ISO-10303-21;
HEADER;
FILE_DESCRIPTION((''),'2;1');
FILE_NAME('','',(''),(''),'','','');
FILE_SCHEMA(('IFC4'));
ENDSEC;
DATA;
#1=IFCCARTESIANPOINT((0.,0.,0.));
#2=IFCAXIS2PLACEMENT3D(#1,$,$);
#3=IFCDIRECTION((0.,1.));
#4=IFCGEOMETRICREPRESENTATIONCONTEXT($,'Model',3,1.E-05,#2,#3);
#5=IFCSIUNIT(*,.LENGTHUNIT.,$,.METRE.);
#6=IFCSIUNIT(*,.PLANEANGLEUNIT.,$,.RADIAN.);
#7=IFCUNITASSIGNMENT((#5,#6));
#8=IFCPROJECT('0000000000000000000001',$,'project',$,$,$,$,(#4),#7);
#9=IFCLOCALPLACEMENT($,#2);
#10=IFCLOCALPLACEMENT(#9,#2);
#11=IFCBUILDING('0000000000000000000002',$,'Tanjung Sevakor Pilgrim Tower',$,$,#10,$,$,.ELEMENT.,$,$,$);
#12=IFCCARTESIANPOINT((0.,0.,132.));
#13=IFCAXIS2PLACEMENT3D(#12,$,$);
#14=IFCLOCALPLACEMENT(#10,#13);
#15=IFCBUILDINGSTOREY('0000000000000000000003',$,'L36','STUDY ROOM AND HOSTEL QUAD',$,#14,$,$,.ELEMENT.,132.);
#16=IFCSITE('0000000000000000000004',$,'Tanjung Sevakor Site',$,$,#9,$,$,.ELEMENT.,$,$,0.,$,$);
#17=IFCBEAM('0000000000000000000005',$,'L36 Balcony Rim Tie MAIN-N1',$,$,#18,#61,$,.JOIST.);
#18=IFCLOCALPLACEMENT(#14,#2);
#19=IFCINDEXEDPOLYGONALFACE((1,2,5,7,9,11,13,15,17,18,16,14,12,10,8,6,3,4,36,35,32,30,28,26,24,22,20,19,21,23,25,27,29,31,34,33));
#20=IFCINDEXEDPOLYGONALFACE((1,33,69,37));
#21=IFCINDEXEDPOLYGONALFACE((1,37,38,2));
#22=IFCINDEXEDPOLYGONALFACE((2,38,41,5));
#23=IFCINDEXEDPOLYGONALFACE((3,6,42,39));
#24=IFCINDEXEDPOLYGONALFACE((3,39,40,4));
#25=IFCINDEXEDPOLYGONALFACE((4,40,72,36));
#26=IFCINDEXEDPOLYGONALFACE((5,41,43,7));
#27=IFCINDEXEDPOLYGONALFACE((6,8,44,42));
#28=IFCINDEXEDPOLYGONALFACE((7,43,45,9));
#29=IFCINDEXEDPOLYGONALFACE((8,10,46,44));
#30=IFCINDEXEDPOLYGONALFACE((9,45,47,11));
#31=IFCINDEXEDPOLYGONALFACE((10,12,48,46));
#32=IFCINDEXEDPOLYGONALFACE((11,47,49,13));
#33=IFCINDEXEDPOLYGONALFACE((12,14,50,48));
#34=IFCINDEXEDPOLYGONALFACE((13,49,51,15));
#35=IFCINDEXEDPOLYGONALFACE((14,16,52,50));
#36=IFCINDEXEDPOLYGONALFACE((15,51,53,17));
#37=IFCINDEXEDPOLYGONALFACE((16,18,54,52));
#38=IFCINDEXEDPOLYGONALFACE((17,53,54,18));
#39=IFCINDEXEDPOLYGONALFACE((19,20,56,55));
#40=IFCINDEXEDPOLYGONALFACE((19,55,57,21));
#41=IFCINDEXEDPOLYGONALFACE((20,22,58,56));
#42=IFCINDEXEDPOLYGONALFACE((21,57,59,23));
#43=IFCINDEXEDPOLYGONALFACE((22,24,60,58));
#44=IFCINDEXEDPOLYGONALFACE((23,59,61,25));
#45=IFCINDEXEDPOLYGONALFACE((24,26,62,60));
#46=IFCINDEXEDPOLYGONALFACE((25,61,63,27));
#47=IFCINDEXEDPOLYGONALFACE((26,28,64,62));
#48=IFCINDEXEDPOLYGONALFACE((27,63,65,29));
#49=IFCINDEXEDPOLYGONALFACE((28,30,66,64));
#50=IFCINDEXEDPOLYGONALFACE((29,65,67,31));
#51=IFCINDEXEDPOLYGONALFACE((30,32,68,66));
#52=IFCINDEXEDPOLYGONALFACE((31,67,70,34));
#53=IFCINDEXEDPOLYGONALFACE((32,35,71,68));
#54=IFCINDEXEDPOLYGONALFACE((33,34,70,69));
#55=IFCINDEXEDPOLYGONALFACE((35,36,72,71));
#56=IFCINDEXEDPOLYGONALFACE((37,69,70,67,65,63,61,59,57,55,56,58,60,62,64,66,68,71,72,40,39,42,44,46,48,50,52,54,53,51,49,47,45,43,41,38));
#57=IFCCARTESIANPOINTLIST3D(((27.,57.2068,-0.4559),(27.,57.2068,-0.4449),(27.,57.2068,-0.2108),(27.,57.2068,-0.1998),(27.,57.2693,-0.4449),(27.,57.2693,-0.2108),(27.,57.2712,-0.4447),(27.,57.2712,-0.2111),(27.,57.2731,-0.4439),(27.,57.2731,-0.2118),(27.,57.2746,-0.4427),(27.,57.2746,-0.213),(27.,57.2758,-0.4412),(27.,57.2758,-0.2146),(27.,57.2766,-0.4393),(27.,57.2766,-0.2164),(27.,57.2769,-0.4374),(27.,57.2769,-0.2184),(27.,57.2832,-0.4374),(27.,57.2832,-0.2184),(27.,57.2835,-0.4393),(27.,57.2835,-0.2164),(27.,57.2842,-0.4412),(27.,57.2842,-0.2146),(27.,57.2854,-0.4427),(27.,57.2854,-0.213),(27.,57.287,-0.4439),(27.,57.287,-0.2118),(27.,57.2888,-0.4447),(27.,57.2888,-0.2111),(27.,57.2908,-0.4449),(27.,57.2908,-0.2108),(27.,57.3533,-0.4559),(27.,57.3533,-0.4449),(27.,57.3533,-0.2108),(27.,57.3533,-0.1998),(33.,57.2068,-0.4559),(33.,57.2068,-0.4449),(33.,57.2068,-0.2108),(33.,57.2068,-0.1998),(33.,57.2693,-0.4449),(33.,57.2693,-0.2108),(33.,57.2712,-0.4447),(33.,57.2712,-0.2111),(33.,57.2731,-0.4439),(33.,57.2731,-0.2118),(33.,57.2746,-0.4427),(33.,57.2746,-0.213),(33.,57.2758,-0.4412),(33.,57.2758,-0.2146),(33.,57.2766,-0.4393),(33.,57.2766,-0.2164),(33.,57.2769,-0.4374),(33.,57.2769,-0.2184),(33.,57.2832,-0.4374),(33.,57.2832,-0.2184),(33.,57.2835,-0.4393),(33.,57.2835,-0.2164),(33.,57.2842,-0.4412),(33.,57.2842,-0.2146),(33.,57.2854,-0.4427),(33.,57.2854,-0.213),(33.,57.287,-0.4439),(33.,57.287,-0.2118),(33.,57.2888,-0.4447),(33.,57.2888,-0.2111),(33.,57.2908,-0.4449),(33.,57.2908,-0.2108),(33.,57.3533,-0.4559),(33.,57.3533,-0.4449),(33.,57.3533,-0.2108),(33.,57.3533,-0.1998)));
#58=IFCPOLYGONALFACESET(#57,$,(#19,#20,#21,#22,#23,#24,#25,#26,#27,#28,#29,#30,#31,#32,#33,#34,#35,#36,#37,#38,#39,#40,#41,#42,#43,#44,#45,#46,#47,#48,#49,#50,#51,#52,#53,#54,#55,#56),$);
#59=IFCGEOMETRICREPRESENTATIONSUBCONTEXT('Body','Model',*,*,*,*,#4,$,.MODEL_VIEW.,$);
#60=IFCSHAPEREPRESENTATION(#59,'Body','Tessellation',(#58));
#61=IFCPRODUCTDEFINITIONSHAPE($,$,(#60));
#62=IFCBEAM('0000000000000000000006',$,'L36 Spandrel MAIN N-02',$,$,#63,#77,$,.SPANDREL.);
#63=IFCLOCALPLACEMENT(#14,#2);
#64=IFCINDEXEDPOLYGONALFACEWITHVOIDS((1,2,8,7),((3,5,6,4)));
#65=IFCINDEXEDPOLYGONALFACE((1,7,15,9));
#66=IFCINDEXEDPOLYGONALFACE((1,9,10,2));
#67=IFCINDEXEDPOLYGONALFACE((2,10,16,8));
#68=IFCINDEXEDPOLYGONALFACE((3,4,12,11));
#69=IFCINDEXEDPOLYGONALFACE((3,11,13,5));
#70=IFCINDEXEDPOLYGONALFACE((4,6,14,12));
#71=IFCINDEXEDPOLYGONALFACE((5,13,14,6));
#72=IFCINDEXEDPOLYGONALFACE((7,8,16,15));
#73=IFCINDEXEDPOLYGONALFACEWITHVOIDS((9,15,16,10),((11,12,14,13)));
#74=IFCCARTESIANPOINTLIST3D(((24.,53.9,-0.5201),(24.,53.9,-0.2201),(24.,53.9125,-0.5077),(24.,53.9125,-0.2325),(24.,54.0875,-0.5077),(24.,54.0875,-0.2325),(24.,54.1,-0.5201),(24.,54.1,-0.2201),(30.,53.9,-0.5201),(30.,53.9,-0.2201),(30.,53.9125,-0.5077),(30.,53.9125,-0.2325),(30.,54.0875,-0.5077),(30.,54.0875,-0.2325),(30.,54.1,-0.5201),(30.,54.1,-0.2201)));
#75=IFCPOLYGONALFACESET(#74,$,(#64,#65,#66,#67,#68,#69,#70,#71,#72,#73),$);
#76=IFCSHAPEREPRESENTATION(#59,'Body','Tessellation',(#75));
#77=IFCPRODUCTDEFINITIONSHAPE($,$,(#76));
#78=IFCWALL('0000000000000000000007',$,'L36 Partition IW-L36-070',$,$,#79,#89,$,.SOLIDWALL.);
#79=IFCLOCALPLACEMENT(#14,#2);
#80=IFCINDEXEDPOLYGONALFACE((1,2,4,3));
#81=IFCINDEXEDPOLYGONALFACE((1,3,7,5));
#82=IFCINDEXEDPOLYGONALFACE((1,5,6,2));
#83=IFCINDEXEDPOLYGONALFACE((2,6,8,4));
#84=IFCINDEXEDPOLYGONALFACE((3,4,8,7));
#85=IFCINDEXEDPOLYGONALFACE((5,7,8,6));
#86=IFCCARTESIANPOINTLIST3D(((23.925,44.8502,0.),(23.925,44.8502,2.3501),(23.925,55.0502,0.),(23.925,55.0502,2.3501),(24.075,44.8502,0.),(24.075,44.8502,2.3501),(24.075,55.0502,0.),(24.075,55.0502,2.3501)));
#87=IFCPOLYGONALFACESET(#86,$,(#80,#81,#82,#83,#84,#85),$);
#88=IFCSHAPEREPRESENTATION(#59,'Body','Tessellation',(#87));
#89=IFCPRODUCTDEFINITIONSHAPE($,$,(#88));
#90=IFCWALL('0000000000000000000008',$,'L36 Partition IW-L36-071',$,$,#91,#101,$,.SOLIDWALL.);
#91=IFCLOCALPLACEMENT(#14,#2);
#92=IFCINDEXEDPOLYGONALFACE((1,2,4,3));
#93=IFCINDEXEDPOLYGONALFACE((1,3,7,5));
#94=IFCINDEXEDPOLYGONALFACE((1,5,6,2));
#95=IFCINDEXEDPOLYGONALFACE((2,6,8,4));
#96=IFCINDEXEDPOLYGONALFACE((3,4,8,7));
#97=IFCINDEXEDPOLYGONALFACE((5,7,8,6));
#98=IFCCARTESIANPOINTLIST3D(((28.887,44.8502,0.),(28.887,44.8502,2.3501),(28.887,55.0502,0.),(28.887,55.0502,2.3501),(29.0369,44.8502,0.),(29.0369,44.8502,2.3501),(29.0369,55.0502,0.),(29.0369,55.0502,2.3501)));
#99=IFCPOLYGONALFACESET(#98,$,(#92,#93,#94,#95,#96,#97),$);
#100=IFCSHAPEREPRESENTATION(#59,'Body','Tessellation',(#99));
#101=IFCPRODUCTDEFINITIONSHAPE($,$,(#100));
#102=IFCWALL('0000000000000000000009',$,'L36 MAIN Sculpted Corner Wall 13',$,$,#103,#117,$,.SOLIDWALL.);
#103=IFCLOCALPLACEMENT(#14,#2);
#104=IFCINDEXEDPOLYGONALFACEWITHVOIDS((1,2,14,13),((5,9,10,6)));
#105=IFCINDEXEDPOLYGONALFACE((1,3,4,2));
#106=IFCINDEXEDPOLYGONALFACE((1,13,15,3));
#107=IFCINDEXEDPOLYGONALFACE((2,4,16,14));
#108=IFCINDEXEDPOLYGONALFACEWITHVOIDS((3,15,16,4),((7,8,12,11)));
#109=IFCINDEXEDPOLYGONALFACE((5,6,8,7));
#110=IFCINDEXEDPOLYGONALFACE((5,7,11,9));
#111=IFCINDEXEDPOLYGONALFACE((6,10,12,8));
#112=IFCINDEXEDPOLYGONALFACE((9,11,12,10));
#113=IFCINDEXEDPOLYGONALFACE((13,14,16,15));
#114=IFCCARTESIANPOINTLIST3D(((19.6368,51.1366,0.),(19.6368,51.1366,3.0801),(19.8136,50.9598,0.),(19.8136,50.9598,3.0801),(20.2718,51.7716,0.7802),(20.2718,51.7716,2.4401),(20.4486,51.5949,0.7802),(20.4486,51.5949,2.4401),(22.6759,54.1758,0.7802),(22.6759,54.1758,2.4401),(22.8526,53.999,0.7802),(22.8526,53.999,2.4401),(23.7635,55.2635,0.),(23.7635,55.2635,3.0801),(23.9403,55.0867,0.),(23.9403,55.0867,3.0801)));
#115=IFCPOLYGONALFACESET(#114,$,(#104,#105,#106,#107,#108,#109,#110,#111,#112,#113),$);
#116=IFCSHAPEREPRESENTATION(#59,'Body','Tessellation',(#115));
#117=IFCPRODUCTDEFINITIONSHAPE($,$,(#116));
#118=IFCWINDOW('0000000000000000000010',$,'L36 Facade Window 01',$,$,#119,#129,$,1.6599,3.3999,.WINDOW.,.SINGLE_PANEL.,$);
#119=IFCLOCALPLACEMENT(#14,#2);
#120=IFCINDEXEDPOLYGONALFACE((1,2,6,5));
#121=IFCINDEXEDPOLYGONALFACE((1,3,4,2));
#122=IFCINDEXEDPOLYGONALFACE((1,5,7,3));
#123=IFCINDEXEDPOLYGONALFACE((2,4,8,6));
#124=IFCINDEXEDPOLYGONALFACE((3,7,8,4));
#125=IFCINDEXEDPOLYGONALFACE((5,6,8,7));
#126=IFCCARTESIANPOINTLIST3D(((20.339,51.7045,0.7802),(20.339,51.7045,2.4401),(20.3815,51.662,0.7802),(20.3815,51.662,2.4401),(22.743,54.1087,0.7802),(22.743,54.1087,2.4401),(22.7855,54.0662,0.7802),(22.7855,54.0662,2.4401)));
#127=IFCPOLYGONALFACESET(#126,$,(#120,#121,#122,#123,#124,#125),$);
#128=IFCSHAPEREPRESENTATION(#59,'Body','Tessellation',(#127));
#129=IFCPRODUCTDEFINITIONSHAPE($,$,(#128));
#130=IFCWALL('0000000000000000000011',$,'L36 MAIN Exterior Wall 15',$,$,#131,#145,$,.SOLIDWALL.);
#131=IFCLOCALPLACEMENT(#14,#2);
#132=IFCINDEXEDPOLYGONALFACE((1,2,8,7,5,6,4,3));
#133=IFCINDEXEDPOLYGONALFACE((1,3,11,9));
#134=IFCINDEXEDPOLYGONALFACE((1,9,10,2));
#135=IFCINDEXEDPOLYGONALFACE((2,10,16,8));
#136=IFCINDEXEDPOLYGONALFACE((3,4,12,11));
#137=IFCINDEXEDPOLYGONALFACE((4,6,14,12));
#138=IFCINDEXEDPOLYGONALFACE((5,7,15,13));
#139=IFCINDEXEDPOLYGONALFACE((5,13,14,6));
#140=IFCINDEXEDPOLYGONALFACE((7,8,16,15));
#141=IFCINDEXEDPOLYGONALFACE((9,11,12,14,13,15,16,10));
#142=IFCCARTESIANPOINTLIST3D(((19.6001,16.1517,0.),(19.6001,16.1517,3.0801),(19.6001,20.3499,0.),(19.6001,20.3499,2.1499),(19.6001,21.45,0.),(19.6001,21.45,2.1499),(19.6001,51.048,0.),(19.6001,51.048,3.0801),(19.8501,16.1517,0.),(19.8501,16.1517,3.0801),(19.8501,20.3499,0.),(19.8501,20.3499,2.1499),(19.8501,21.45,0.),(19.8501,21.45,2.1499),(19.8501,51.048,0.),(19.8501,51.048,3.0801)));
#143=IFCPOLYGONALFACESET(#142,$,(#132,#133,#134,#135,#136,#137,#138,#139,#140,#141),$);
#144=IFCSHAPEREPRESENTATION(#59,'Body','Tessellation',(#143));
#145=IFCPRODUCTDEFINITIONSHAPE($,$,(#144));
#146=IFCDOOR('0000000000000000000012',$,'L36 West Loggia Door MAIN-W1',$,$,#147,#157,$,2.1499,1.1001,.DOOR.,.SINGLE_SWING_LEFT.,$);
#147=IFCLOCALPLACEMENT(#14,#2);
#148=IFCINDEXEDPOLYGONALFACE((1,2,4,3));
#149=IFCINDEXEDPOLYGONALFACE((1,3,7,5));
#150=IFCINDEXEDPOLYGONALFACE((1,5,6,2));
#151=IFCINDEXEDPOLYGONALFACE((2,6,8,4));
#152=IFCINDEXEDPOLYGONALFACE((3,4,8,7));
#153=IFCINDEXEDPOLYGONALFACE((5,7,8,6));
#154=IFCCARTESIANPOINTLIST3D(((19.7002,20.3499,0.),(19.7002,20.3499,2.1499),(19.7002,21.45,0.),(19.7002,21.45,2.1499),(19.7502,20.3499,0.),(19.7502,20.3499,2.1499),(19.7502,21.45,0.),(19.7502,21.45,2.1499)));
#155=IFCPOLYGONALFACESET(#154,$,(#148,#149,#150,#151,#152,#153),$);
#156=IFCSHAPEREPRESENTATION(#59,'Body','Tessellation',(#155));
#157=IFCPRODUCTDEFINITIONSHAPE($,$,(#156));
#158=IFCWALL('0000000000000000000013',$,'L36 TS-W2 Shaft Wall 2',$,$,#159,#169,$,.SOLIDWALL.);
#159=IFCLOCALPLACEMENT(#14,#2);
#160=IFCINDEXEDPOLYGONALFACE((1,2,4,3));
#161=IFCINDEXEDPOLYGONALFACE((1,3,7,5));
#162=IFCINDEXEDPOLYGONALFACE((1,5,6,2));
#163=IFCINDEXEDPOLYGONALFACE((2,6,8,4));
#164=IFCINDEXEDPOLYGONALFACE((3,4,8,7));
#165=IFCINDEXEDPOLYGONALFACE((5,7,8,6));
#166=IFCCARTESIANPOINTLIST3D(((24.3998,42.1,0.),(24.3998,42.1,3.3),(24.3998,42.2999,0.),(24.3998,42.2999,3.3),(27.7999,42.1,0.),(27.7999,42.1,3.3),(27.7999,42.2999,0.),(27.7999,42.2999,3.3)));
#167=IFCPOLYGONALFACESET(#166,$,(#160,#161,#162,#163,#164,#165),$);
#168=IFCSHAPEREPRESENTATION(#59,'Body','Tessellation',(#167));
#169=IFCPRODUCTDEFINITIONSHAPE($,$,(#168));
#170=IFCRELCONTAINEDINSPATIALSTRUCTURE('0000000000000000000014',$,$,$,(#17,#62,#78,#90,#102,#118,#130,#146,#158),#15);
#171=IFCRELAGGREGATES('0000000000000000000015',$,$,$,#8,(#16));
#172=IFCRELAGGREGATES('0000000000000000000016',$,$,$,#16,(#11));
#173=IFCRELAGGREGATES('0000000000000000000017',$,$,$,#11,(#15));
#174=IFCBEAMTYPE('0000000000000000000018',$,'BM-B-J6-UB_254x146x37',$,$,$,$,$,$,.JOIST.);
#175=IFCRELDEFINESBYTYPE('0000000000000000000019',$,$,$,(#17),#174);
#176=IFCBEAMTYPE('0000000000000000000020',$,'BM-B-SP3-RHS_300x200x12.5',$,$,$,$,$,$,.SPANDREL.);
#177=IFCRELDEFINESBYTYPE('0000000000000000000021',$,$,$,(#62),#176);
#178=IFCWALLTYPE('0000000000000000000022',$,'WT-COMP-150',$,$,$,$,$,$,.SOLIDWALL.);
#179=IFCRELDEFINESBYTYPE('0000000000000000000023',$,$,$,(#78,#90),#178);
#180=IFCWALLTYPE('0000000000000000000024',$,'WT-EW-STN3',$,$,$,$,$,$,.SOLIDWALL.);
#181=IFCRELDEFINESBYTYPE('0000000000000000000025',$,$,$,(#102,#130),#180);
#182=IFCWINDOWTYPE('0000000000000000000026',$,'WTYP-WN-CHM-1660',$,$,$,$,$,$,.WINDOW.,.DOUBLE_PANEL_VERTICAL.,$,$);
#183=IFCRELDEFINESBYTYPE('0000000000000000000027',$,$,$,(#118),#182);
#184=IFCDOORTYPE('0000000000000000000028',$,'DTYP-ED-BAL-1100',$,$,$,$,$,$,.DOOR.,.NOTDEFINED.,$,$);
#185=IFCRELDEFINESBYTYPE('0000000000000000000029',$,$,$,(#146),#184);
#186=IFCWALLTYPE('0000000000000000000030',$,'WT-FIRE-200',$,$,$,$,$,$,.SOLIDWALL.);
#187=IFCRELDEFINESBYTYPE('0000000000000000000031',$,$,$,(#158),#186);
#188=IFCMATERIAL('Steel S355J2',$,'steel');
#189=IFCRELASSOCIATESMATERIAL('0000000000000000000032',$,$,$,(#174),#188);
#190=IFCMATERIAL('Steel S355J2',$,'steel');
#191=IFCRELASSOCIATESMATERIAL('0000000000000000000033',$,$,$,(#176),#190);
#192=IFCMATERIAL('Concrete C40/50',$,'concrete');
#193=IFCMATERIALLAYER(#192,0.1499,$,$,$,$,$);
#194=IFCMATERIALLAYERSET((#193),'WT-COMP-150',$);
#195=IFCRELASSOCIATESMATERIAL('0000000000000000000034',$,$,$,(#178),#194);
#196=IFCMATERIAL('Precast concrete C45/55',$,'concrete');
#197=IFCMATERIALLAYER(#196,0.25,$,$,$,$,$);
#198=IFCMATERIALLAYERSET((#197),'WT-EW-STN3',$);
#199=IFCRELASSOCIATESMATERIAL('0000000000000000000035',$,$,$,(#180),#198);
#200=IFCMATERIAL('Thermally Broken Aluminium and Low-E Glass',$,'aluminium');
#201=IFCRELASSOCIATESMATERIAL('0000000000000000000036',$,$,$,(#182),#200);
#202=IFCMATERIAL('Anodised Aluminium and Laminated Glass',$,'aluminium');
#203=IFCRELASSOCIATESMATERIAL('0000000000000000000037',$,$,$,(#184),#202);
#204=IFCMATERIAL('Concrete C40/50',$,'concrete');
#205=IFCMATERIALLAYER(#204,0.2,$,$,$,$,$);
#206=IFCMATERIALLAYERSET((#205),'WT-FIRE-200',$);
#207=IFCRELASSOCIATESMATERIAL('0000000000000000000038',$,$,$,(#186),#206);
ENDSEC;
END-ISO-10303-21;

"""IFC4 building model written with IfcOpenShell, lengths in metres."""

from ifc_helpers import new_model, si_unit, direction, frame, frame_2d, origin, origin_2d, place, context, subcontext, project, spatial, rectangle, hollow_rectangle, i_section, extrude, material, layer, layer_set, material_profile, profile_set, type_object, element, fill, save


model = new_model("IFC4")

# Units and contexts
model_context = context("Model", 3, precision=1e-05, world=origin(), true_north=direction((0.0, 1.0)))
body_context = subcontext(model_context, "Body", "Model", "MODEL_VIEW")
ifc_project = project(units=[si_unit("LENGTHUNIT", "METRE"), si_unit("PLANEANGLEUNIT", "RADIAN")], contexts=[model_context])

# Site, building, storey
site_placement = place(None, origin())
site = spatial("IfcSite", under=ifc_project, at=site_placement, Name="Tanjung Sevakor Site", CompositionType="ELEMENT", RefElevation=0.0)
building_placement = place(site_placement, origin())
building = spatial("IfcBuilding", under=site, at=building_placement, Name="Tanjung Sevakor Pilgrim Tower", CompositionType="ELEMENT")
storey_placement = place(building_placement, frame((0.0, 0.0, 132.0)))
storey = spatial("IfcBuildingStorey", under=building, at=storey_placement, Name="L36", Description="STUDY ROOM AND HOSTEL QUAD", CompositionType="ELEMENT", Elevation=132.0)

# Beams
ifc_material_1 = material(Name="Steel S355J2", Category="steel")
ifc_material_profile_1 = material_profile(ifc_material_1, i_section(OverallWidth=0.1465, OverallDepth=0.2561, WebThickness=0.0063, FlangeThickness=0.011, FilletRadius=0.0076, at=origin_2d()))
ifc_profile_set_1 = profile_set([ifc_material_profile_1], Name="Steel S355J2")
beam_type_1 = type_object("IfcBeamType", Name="BM-B-J6-UB_254x146x37", PredefinedType="JOIST", material=ifc_profile_set_1)
beam_1_placement = place(storey_placement, frame((27.0, 57.28, -0.3279), z_axis=(1.0, 0.0, 0.0), x_axis=(0.0, 1.0, 0.0)))
element("IfcBeam", 1, at=beam_1_placement, inside=storey, type_object=beam_type_1, Name="L36 Balcony Rim Tie MAIN-N1", PredefinedType="JOIST", context=body_context, shape_type="SweptSolid", body=[
    extrude(i_section(OverallWidth=0.1465, OverallDepth=0.2561, WebThickness=0.0063, FlangeThickness=0.011, FilletRadius=0.0076, at=origin_2d()), origin(), (0.0, 0.0, 1.0), 6.0),
])
ifc_material_2 = material(Name="Steel S355J2", Category="steel")
ifc_material_profile_2 = material_profile(ifc_material_2, hollow_rectangle(XDim=0.2, YDim=0.3, WallThickness=0.0125, at=origin_2d()))
ifc_profile_set_2 = profile_set([ifc_material_profile_2], Name="Steel S355J2")
beam_type_2 = type_object("IfcBeamType", Name="BM-B-SP3-RHS_300x200x12.5", PredefinedType="SPANDREL", material=ifc_profile_set_2)
beam_2_placement = place(storey_placement, frame((24.0, 54.0, -0.3701), z_axis=(1.0, 0.0, 0.0), x_axis=(0.0, 1.0, 0.0)))
element("IfcBeam", 2, at=beam_2_placement, inside=storey, type_object=beam_type_2, Name="L36 Spandrel MAIN N-02", PredefinedType="SPANDREL", context=body_context, shape_type="SweptSolid", body=[
    extrude(hollow_rectangle(XDim=0.2, YDim=0.3, WallThickness=0.0125, at=origin_2d()), origin(), (0.0, 0.0, 1.0), 6.0),
])

# Walls
ifc_material_3 = material(Name="Concrete C40/50", Category="concrete")
ifc_layer_1 = layer(ifc_material_3, 0.1499)
ifc_layer_set_1 = layer_set([ifc_layer_1], Name="WT-COMP-150")
wall_type_1 = type_object("IfcWallType", Name="WT-COMP-150", PredefinedType="SOLIDWALL", material=ifc_layer_set_1)
for number, where, z_axis, x_axis, name in (
    (3, (24.0, 44.8501, 0.0), (0.0, 0.0, 1.0), (0.0, 1.0, 0.0), "L36 Partition IW-L36-070"),
    (4, (28.9619, 44.8501, 0.0), (0.0, 0.0, 1.0), (0.0, 1.0, 0.0), "L36 Partition IW-L36-071"),
):
    element("IfcWall", number, at=place(storey_placement, frame(where, z_axis=z_axis, x_axis=x_axis)), inside=storey, type_object=wall_type_1, Name=name, PredefinedType="SOLIDWALL", context=body_context, shape_type="SweptSolid", body=[
        extrude(rectangle(XDim=10.2, YDim=0.1499, at=frame_2d((5.1001, 0.0))), origin(), (0.0, 0.0, 1.0), 2.3501),
    ])

# Wall, opening, window
ifc_material_4 = material(Name="Precast concrete C45/55", Category="concrete")
ifc_layer_2 = layer(ifc_material_4, 0.25)
ifc_layer_set_2 = layer_set([ifc_layer_2], Name="WT-EW-STN3")
wall_type_2 = type_object("IfcWallType", Name="WT-EW-STN3", PredefinedType="SOLIDWALL", material=ifc_layer_set_2)
wall_1_placement = place(storey_placement, frame((23.8518, 55.175, 0.0), z_axis=(0.0, 0.0, 1.0), x_axis=(-0.707086, -0.707128, 0.0)))
wall_1 = element("IfcWall", 5, at=wall_1_placement, inside=storey, type_object=wall_type_2, Name="L36 MAIN Sculpted Corner Wall 13", PredefinedType="SOLIDWALL", context=body_context, shape_type="SweptSolid", body=[
    extrude(rectangle(XDim=5.8362, YDim=0.25, at=frame_2d((2.918, 0.0))), origin(), (0.0, 0.0, 1.0), 3.0801),
])
opening_1_placement = place(wall_1_placement, frame((1.5381, 0.0, 0.78)))
opening_1 = element("IfcOpeningElement", 6, at=opening_1_placement, cuts=wall_1, PredefinedType="OPENING", context=body_context, shape_type="SweptSolid", body=[
    extrude(rectangle(XDim=3.3999, YDim=1.6599, at=frame_2d((1.7, 0.8301))), frame((0.0, 0.135, 0.0), z_axis=(0.0, -1.0, 0.0), x_axis=(1.0, 0.0, 0.0)), (0.0, 0.0, 1.0), 0.27),
])
ifc_material_5 = material(Name="Thermally Broken Aluminium and Low-E Glass", Category="aluminium")
window_type = type_object("IfcWindowType", Name="WTYP-WN-CHM-1660", PartitioningType="DOUBLE_PANEL_VERTICAL", PredefinedType="WINDOW", material=ifc_material_5)
window_placement = place(opening_1_placement, origin())
window = element("IfcWindow", 7, at=window_placement, inside=storey, type_object=window_type, Name="L36 Facade Window 01", OverallHeight=1.6599, OverallWidth=3.3999, PartitioningType="SINGLE_PANEL", PredefinedType="WINDOW", context=body_context, shape_type="SweptSolid", body=[
    extrude(rectangle(XDim=3.3999, YDim=1.6599, at=frame_2d((1.7, 0.8301))), frame((0.0, 0.03, 0.0), z_axis=(0.0, -1.0, 0.0), x_axis=(1.0, 0.0, 0.0)), (0.0, 0.0, 1.0), 0.0601),
])
fill(opening_1, window)

# Wall, opening, door
wall_2_placement = place(storey_placement, frame((19.7251, 51.0481, 0.0), z_axis=(0.0, 0.0, 1.0), x_axis=(0.0, -1.0, 0.0)))
wall_2 = element("IfcWall", 8, at=wall_2_placement, inside=storey, type_object=wall_type_2, Name="L36 MAIN Exterior Wall 15", PredefinedType="SOLIDWALL", context=body_context, shape_type="SweptSolid", body=[
    extrude(rectangle(XDim=34.8962, YDim=0.25, at=frame_2d((17.4482, 0.0))), origin(), (0.0, 0.0, 1.0), 3.0801),
])
opening_2_placement = place(wall_2_placement, frame((29.5981, 0.0, 0.0)))
opening_2 = element("IfcOpeningElement", 9, at=opening_2_placement, cuts=wall_2, PredefinedType="OPENING", context=body_context, shape_type="SweptSolid", body=[
    extrude(rectangle(XDim=1.1001, YDim=2.1499, at=frame_2d((0.55, 1.075))), frame((0.0, 0.135, 0.0), z_axis=(0.0, -1.0, 0.0), x_axis=(1.0, 0.0, 0.0)), (0.0, 0.0, 1.0), 0.27),
])
ifc_material_6 = material(Name="Anodised Aluminium and Laminated Glass", Category="aluminium")
door_type_1 = type_object("IfcDoorType", Name="DTYP-ED-BAL-1100", OperationType="NOTDEFINED", PredefinedType="DOOR", material=ifc_material_6)
door_1_placement = place(opening_2_placement, frame((1.1001, 0.0, 0.0), z_axis=(0.0, 0.0, 1.0), x_axis=(-1.0, 0.0, 0.0)))
door_1 = element("IfcDoor", 10, at=door_1_placement, inside=storey, type_object=door_type_1, Name="L36 West Loggia Door MAIN-W1", OperationType="SINGLE_SWING_LEFT", OverallHeight=2.1499, OverallWidth=1.1001, PredefinedType="DOOR", context=body_context, shape_type="SweptSolid", body=[
    extrude(rectangle(XDim=1.1001, YDim=2.1499, at=frame_2d((0.55, 1.075))), frame((0.0, 0.0249, 0.0), z_axis=(0.0, -1.0, 0.0), x_axis=(1.0, 0.0, 0.0)), (0.0, 0.0, 1.0), 0.05),
])
fill(opening_2, door_1)

# Wall
ifc_material_7 = material(Name="Concrete C40/50", Category="concrete")
ifc_layer_3 = layer(ifc_material_7, 0.2)
ifc_layer_set_3 = layer_set([ifc_layer_3], Name="WT-FIRE-200")
wall_type_3 = type_object("IfcWallType", Name="WT-FIRE-200", PredefinedType="SOLIDWALL", material=ifc_layer_set_3)
wall_3_placement = place(storey_placement, frame((27.8, 42.2, 0.0), z_axis=(0.0, 0.0, 1.0), x_axis=(-1.0, 0.0, 0.0)))
element("IfcWall", 11, at=wall_3_placement, inside=storey, type_object=wall_type_3, Name="L36 TS-W2 Shaft Wall 2", PredefinedType="SOLIDWALL", context=body_context, shape_type="SweptSolid", body=[
    extrude(rectangle(XDim=3.4001, YDim=0.2, at=frame_2d((1.7002, 0.0))), origin(), (0.0, 0.0, 1.0), 3.3),
])

save(model, "model.ifc")
